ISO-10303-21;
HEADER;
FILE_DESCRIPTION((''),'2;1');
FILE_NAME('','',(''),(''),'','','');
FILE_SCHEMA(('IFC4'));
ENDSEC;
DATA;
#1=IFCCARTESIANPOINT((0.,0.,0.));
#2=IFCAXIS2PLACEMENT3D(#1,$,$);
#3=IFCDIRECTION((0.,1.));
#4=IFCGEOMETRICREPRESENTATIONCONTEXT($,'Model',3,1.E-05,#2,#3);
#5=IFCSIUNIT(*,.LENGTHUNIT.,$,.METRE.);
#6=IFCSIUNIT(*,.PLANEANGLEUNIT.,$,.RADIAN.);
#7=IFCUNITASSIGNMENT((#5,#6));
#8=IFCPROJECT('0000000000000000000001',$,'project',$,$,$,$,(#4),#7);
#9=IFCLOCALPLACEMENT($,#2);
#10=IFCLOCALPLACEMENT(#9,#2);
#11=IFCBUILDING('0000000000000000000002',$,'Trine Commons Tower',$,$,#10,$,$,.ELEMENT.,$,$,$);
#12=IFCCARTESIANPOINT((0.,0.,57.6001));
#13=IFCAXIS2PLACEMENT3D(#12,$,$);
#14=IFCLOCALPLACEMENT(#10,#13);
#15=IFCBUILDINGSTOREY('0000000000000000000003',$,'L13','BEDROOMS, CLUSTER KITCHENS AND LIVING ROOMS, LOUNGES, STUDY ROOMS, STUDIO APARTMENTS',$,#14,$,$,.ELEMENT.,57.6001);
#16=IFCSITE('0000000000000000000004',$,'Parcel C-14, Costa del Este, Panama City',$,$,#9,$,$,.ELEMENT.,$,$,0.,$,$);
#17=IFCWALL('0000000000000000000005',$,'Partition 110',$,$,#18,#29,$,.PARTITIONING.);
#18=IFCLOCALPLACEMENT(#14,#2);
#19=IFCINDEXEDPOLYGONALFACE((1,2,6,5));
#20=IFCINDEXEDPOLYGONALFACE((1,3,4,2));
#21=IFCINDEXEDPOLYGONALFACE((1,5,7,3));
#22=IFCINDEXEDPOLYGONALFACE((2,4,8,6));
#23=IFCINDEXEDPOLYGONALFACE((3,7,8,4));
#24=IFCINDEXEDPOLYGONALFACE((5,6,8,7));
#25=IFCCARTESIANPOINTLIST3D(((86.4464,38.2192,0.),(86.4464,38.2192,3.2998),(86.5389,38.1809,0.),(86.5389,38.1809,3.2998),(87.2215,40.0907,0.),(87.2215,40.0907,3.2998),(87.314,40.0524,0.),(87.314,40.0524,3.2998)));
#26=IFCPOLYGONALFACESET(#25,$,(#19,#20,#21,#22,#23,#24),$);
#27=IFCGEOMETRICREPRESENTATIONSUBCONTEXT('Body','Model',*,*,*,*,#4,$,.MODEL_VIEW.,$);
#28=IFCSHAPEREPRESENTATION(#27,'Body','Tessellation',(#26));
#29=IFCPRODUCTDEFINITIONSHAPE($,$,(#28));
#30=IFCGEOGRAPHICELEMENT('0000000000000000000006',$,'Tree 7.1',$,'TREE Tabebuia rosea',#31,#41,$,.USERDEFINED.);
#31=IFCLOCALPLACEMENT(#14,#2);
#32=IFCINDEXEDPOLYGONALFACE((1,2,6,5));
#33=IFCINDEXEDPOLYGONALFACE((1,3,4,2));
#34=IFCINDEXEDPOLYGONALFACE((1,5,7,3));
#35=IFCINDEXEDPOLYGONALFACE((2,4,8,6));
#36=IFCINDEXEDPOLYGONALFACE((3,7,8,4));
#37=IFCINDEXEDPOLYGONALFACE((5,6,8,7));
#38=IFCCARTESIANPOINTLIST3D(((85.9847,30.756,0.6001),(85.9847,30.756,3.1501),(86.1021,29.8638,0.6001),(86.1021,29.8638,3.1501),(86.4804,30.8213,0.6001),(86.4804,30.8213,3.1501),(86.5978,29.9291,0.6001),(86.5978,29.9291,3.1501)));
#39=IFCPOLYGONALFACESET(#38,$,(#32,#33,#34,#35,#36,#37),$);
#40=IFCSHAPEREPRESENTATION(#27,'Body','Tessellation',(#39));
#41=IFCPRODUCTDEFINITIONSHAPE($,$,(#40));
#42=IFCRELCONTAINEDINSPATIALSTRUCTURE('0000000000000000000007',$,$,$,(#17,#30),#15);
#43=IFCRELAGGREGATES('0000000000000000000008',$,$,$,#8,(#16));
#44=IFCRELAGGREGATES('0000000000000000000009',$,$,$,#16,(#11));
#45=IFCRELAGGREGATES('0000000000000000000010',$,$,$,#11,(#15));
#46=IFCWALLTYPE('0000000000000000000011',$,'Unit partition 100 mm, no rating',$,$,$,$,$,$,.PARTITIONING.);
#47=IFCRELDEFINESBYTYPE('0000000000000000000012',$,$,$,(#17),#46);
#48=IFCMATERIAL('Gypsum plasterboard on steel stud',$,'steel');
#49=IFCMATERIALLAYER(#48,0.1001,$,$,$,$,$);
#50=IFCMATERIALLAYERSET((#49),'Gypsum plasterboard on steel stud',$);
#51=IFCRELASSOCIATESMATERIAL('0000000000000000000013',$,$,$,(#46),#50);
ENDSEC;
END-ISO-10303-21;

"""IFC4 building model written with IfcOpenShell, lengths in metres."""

from ifc_helpers import new_model, si_unit, direction, frame, frame_2d, origin, origin_2d, place, context, subcontext, project, spatial, rectangle, extrude, material, layer, layer_set, type_object, element, save


model = new_model("IFC4")

# Units and contexts
model_context = context("Model", 3, precision=1e-05, world=origin(), true_north=direction((0.0, 1.0)))
body_context = subcontext(model_context, "Body", "Model", "MODEL_VIEW")
ifc_project = project(units=[si_unit("LENGTHUNIT", "METRE"), si_unit("PLANEANGLEUNIT", "RADIAN")], contexts=[model_context])

# Site, building, storey
site_placement = place(None, origin())
site = spatial("IfcSite", under=ifc_project, at=site_placement, Name="Parcel C-14, Costa del Este, Panama City", CompositionType="ELEMENT", RefElevation=0.0)
building_placement = place(site_placement, origin())
building = spatial("IfcBuilding", under=site, at=building_placement, Name="Trine Commons Tower", CompositionType="ELEMENT")
storey_placement = place(building_placement, frame((0.0, 0.0, 57.6001)))
storey = spatial("IfcBuildingStorey", under=building, at=storey_placement, Name="L13", Description="BEDROOMS, CLUSTER KITCHENS AND LIVING ROOMS, LOUNGES, STUDY ROOMS, STUDIO APARTMENTS", CompositionType="ELEMENT", Elevation=57.6001)

# Shared definitions
ifc_material_1 = material(Name="Gypsum plasterboard on steel stud", Category="steel")

# Wall
ifc_layer_1 = layer(ifc_material_1, 0.1001)
ifc_layer_set_1 = layer_set([ifc_layer_1], Name="Gypsum plasterboard on steel stud")
wall_type_1 = type_object("IfcWallType", Name="Unit partition 100 mm, no rating", PredefinedType="PARTITIONING", material=ifc_layer_set_1)
wall_1_placement = place(storey_placement, frame((86.4927, 38.2002, 0.0), z_axis=(0.0, 0.0, 1.0), x_axis=(0.382646, 0.923895, 0.0)))
element("IfcWall", 1, at=wall_1_placement, inside=storey, type_object=wall_type_1, Name="Partition 110", PredefinedType="PARTITIONING", context=body_context, shape_type="SweptSolid", body=[
    extrude(rectangle(XDim=2.0256, YDim=0.1001, at=frame_2d((1.0127, 0.0))), origin(), (0.0, 0.0, 1.0), 3.2998),
])

# Geographic element
geographic_element_placement = place(storey_placement, frame((86.2913, 30.3425, 0.6001), z_axis=(0.0, 0.0, 1.0), x_axis=(-0.130518, 0.991446, 0.0)))
element("IfcGeographicElement", 2, at=geographic_element_placement, inside=storey, Name="Tree 7.1", ObjectType="TREE Tabebuia rosea", PredefinedType="USERDEFINED", context=body_context, shape_type="SweptSolid", body=[
    extrude(rectangle(XDim=0.8999, YDim=0.5, at=origin_2d()), origin(), (0.0, 0.0, 1.0), 2.55),
])

save(model, "model.ifc")
